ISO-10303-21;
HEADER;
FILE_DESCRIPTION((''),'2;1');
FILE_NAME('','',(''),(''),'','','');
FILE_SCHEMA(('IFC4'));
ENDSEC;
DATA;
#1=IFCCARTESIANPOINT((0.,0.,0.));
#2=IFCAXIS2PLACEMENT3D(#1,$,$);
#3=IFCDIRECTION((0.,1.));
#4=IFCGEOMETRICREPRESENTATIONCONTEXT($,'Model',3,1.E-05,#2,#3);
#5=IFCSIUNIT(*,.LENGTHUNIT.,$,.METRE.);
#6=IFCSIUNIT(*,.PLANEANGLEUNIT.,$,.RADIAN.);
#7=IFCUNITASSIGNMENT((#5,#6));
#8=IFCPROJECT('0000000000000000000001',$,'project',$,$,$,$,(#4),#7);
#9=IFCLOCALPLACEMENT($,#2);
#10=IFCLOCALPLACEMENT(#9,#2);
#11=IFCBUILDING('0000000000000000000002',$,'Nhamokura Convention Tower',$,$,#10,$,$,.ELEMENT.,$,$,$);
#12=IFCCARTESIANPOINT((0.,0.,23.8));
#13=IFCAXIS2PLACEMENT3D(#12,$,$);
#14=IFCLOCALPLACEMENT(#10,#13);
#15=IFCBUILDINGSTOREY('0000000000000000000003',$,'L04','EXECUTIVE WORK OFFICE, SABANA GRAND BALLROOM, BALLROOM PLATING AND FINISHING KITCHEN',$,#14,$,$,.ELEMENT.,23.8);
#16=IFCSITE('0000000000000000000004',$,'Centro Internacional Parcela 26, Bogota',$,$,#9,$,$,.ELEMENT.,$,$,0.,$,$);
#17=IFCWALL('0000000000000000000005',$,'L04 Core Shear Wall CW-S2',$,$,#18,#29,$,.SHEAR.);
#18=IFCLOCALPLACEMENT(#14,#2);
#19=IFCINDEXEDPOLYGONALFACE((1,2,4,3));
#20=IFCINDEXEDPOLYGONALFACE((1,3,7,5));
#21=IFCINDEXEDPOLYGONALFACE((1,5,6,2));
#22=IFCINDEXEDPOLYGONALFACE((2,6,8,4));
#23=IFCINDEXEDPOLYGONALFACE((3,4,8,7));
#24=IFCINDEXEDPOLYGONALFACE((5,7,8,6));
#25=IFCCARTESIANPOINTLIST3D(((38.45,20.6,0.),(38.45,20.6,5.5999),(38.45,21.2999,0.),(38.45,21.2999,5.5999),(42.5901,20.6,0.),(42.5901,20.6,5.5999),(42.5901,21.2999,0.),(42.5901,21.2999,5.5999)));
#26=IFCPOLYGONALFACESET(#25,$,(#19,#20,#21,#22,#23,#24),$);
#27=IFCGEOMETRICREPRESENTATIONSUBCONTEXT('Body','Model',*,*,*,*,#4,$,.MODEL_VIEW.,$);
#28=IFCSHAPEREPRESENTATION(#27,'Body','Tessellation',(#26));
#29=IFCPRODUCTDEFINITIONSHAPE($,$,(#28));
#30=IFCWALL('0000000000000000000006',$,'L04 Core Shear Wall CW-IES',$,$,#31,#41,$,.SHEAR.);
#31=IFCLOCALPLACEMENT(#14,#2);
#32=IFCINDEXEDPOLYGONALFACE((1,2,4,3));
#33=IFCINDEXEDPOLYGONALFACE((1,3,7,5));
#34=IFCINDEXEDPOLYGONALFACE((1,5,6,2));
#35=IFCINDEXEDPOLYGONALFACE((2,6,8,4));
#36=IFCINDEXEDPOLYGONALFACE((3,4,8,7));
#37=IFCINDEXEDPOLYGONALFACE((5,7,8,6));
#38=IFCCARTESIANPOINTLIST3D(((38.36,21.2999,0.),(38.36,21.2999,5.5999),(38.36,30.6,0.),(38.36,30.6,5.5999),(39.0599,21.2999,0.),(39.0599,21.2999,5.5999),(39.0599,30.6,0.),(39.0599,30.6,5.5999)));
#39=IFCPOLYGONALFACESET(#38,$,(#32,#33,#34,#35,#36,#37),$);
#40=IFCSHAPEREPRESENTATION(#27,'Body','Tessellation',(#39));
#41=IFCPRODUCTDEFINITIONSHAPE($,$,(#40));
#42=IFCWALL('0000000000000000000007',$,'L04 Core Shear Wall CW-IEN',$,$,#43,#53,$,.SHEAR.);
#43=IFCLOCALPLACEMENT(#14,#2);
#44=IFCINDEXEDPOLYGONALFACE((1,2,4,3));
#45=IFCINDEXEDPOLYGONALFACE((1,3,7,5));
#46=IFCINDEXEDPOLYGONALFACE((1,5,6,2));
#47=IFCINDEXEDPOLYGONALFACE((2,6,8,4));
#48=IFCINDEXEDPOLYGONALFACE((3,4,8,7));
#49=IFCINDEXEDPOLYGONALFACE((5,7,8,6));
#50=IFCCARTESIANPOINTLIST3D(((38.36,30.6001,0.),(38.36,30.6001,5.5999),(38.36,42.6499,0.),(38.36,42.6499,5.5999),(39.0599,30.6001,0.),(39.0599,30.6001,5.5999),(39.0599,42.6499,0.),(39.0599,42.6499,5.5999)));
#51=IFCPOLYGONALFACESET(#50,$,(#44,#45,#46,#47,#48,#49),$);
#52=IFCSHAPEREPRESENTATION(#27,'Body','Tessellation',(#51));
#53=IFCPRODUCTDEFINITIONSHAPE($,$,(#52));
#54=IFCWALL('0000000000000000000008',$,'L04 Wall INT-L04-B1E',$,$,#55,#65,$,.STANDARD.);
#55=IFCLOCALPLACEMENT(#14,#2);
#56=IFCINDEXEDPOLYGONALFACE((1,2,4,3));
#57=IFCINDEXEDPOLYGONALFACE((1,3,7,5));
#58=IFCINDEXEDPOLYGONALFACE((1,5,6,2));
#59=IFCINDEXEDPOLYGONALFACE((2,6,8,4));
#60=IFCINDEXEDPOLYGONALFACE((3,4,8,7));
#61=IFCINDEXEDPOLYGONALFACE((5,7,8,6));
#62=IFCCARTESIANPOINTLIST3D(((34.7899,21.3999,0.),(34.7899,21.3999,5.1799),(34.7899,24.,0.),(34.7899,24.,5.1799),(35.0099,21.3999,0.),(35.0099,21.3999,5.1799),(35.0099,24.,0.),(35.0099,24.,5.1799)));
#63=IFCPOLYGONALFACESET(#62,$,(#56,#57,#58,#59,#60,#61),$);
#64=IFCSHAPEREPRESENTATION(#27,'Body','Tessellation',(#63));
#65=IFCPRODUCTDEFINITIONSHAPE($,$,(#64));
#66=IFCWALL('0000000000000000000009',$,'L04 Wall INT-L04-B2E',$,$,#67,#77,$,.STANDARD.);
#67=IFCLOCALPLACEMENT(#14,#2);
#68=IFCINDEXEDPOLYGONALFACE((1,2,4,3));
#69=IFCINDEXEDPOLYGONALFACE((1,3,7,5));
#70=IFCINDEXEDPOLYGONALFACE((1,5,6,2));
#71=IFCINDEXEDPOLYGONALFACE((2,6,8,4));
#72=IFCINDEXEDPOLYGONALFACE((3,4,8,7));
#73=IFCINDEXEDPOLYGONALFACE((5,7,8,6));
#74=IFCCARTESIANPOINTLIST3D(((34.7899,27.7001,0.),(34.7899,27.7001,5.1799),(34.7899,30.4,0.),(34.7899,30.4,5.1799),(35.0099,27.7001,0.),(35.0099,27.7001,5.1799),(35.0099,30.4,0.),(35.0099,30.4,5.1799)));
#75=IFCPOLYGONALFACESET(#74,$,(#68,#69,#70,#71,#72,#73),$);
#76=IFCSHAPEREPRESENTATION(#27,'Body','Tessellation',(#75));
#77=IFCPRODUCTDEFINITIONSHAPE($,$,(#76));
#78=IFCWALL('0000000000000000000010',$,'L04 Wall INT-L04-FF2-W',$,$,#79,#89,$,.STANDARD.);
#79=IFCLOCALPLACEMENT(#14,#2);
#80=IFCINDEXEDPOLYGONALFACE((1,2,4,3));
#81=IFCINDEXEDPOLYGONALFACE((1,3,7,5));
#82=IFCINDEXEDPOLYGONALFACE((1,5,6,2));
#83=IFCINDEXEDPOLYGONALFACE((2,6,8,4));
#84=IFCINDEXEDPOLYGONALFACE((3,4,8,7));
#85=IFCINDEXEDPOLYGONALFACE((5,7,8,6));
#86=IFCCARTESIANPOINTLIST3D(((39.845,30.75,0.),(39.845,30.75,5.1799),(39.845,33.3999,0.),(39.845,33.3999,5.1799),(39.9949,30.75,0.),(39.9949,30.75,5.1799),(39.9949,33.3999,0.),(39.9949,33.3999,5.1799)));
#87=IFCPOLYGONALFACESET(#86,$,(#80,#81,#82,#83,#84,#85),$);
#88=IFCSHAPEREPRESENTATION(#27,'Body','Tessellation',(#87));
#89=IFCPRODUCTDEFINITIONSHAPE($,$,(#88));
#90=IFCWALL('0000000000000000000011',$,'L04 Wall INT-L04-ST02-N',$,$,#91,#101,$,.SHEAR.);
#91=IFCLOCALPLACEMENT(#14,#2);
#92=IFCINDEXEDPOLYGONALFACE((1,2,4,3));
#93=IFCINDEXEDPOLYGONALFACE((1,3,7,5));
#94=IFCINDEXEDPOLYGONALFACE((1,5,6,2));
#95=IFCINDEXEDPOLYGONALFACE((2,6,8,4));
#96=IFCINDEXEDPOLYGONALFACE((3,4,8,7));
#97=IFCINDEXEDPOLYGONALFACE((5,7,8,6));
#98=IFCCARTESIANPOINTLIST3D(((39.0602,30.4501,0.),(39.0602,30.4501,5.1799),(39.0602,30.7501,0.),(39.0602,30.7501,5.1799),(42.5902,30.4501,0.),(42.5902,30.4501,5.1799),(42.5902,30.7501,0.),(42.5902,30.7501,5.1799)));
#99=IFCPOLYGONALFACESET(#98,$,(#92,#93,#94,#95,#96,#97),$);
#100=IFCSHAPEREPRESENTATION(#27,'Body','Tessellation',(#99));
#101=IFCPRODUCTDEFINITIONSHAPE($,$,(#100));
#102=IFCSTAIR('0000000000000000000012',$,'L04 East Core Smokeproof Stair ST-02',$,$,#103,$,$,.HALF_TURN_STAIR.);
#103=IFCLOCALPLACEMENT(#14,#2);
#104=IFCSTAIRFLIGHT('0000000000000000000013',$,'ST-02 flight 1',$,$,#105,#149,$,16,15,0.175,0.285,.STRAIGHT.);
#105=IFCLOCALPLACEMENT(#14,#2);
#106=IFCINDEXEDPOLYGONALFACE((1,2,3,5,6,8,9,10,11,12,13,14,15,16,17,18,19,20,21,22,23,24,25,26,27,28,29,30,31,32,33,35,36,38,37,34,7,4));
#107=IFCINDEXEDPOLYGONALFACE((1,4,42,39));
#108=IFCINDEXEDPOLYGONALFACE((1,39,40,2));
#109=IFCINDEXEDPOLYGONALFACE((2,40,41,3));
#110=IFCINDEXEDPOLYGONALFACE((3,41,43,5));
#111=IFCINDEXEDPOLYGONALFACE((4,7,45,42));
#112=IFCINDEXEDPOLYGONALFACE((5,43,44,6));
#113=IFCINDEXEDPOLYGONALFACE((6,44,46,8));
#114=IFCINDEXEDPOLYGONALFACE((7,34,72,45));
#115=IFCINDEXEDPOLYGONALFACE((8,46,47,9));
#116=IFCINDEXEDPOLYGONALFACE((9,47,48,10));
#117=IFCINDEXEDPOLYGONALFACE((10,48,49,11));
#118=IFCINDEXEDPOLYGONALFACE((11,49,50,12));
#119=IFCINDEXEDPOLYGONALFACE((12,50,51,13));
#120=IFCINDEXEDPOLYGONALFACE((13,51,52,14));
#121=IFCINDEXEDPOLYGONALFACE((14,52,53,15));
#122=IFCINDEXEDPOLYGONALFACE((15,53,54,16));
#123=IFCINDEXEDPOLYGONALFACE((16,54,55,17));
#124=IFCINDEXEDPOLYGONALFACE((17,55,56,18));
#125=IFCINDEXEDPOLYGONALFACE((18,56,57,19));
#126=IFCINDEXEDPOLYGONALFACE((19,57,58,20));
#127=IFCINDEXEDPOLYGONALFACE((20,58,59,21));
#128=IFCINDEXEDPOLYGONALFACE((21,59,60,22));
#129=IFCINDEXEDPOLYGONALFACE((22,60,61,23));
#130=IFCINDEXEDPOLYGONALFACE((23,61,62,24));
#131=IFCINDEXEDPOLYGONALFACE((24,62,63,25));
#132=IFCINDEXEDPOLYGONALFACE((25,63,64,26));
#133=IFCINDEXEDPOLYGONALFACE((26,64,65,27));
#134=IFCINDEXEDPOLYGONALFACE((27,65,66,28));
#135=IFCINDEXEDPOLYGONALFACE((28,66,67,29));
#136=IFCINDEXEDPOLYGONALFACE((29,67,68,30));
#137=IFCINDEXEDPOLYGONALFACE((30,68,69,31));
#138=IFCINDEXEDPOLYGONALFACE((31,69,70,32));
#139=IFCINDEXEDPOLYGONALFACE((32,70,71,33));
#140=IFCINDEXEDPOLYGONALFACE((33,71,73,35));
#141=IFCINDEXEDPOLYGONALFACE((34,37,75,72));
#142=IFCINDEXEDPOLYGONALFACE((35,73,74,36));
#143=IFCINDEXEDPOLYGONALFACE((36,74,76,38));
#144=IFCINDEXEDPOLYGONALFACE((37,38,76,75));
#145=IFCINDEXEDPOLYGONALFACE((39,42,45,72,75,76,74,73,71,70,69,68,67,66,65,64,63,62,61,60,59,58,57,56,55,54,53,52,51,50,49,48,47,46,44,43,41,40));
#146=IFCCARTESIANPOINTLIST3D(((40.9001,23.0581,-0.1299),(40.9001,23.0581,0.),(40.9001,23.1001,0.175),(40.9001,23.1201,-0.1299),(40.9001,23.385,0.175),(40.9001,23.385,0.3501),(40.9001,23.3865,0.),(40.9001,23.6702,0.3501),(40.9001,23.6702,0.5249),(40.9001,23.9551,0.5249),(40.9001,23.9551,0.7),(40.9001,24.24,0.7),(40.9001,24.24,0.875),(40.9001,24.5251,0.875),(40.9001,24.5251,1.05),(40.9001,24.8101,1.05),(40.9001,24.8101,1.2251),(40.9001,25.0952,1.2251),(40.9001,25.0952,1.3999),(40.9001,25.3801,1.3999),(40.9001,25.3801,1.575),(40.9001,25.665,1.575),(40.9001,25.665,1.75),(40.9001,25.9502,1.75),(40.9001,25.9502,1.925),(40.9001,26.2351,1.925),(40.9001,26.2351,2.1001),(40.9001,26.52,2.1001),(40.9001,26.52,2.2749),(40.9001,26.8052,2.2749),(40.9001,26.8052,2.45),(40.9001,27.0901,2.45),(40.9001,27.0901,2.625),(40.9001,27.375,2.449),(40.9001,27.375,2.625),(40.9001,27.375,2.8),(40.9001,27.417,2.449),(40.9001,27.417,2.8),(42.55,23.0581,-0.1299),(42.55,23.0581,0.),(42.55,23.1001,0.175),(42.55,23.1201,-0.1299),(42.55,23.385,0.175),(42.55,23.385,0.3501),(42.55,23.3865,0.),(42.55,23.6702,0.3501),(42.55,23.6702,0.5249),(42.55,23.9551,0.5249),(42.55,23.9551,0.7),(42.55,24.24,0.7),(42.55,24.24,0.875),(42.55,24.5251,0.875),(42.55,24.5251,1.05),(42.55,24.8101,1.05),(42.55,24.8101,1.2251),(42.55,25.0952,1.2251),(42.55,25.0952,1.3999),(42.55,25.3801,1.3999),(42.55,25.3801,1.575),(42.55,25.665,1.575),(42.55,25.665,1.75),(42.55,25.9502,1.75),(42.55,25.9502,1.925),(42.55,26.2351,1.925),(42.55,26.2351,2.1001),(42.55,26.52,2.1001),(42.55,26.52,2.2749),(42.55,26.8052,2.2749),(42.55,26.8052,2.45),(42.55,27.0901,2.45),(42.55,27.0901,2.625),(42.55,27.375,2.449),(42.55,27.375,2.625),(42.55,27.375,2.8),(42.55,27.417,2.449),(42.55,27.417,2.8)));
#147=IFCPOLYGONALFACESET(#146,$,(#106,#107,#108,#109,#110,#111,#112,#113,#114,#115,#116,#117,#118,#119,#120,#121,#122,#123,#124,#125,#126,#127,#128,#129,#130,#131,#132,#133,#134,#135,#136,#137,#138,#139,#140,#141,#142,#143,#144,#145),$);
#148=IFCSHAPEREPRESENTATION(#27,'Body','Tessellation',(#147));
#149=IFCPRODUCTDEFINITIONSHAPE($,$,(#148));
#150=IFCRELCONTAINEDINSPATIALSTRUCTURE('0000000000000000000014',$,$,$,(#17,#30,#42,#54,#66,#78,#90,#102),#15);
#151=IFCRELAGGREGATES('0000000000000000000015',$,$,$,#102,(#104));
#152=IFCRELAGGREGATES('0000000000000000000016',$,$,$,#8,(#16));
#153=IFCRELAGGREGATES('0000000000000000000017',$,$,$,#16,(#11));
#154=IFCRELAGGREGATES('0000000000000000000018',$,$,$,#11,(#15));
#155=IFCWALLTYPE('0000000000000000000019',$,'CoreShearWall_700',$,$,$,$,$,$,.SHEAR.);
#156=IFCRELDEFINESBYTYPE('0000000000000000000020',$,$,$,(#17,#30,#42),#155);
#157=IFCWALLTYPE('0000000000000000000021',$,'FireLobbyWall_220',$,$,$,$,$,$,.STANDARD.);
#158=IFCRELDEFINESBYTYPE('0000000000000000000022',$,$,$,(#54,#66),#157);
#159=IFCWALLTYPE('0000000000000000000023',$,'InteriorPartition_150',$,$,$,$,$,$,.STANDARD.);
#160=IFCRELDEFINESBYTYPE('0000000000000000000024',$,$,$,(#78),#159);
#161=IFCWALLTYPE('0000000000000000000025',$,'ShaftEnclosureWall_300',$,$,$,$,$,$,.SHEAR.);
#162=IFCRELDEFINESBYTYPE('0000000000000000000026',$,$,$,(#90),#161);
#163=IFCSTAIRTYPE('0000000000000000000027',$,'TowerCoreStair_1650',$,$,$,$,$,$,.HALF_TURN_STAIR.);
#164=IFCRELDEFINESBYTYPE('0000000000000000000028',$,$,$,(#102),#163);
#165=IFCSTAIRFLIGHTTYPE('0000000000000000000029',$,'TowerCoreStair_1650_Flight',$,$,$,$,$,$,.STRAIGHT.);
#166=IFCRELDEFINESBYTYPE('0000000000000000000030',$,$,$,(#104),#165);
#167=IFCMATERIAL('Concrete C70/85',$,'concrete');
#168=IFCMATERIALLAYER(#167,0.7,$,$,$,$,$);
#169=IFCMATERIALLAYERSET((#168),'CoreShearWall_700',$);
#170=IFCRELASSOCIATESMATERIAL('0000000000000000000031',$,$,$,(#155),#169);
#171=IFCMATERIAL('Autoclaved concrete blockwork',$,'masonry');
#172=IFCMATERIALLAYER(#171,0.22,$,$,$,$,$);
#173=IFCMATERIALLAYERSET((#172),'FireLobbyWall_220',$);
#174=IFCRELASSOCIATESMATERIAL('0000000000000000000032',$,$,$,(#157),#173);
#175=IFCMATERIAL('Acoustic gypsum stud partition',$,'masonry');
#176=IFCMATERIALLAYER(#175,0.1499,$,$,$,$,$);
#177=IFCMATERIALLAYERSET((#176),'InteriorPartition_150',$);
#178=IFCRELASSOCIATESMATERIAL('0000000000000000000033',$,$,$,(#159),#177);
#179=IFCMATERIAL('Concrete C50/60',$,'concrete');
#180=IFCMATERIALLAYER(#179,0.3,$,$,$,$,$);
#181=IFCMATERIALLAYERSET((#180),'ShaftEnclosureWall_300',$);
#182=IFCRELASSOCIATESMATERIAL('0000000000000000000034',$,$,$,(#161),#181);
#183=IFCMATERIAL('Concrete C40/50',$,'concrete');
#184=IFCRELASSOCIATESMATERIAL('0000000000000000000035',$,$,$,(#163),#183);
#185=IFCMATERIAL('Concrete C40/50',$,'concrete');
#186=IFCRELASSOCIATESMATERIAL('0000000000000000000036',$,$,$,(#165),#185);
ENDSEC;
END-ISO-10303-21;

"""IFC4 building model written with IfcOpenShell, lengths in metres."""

from ifc_helpers import new_model, si_unit, direction, frame, frame_2d, origin, place, context, subcontext, project, spatial, polyline, rectangle, outline, extrude, material, layer, layer_set, type_object, element, aggregate, save


model = new_model("IFC4")

# Units and contexts
model_context = context("Model", 3, precision=1e-05, world=origin(), true_north=direction((0.0, 1.0)))
body_context = subcontext(model_context, "Body", "Model", "MODEL_VIEW")
ifc_project = project(units=[si_unit("LENGTHUNIT", "METRE"), si_unit("PLANEANGLEUNIT", "RADIAN")], contexts=[model_context])

# Site, building, storey
site_placement = place(None, origin())
site = spatial("IfcSite", under=ifc_project, at=site_placement, Name="Centro Internacional Parcela 26, Bogota", CompositionType="ELEMENT", RefElevation=0.0)
building_placement = place(site_placement, origin())
building = spatial("IfcBuilding", under=site, at=building_placement, Name="Nhamokura Convention Tower", CompositionType="ELEMENT")
storey_placement = place(building_placement, frame((0.0, 0.0, 23.8)))
storey = spatial("IfcBuildingStorey", under=building, at=storey_placement, Name="L04", Description="EXECUTIVE WORK OFFICE, SABANA GRAND BALLROOM, BALLROOM PLATING AND FINISHING KITCHEN", CompositionType="ELEMENT", Elevation=23.8)

# Walls
ifc_material_1 = material(Name="Concrete C70/85", Category="concrete")
ifc_layer_1 = layer(ifc_material_1, 0.7)
ifc_layer_set_1 = layer_set([ifc_layer_1], Name="CoreShearWall_700")
wall_type_1 = type_object("IfcWallType", Name="CoreShearWall_700", PredefinedType="SHEAR", material=ifc_layer_set_1)
wall_1_placement = place(storey_placement, frame((38.45, 20.95, 0.0), z_axis=(0.0, 0.0, 1.0), x_axis=(1.0, 0.0, 0.0)))
element("IfcWall", 1, at=wall_1_placement, inside=storey, type_object=wall_type_1, Name="L04 Core Shear Wall CW-S2", PredefinedType="SHEAR", context=body_context, shape_type="SweptSolid", body=[
    extrude(rectangle(XDim=4.1401, YDim=0.7, at=frame_2d((2.0701, 0.0))), origin(), (0.0, 0.0, 1.0), 5.5999),
])
wall_2_placement = place(storey_placement, frame((38.71, 21.3, 0.0), z_axis=(0.0, 0.0, 1.0), x_axis=(0.0, 1.0, 0.0)))
element("IfcWall", 2, at=wall_2_placement, inside=storey, type_object=wall_type_1, Name="L04 Core Shear Wall CW-IES", PredefinedType="SHEAR", context=body_context, shape_type="SweptSolid", body=[
    extrude(rectangle(XDim=9.3, YDim=0.7, at=frame_2d((4.6499, 0.0))), origin(), (0.0, 0.0, 1.0), 5.5999),
])
wall_3_placement = place(storey_placement, frame((38.71, 30.6001, 0.0), z_axis=(0.0, 0.0, 1.0), x_axis=(0.0, 1.0, 0.0)))
element("IfcWall", 3, at=wall_3_placement, inside=storey, type_object=wall_type_1, Name="L04 Core Shear Wall CW-IEN", PredefinedType="SHEAR", context=body_context, shape_type="SweptSolid", body=[
    extrude(rectangle(XDim=12.0498, YDim=0.7, at=frame_2d((6.0249, 0.0))), origin(), (0.0, 0.0, 1.0), 5.5999),
])

# Shared definitions
ifc_material_2 = material(Name="Autoclaved concrete blockwork", Category="masonry")
ifc_layer_2 = layer(ifc_material_2, 0.22)
ifc_layer_set_2 = layer_set([ifc_layer_2], Name="FireLobbyWall_220")
wall_type_2 = type_object("IfcWallType", Name="FireLobbyWall_220", PredefinedType="STANDARD", material=ifc_layer_set_2)

# Walls
wall_4_placement = place(storey_placement, frame((34.8999, 21.3999, 0.0), z_axis=(0.0, 0.0, 1.0), x_axis=(0.0, 1.0, 0.0)))
element("IfcWall", 4, at=wall_4_placement, inside=storey, type_object=wall_type_2, Name="L04 Wall INT-L04-B1E", PredefinedType="STANDARD", context=body_context, shape_type="SweptSolid", body=[
    extrude(rectangle(XDim=2.6001, YDim=0.22, at=frame_2d((1.3, 0.0))), origin(), (0.0, 0.0, 1.0), 5.1799),
])
wall_5_placement = place(storey_placement, frame((34.8999, 27.7, 0.0), z_axis=(0.0, 0.0, 1.0), x_axis=(0.0, 1.0, 0.0)))
element("IfcWall", 5, at=wall_5_placement, inside=storey, type_object=wall_type_2, Name="L04 Wall INT-L04-B2E", PredefinedType="STANDARD", context=body_context, shape_type="SweptSolid", body=[
    extrude(rectangle(XDim=2.7, YDim=0.22, at=frame_2d((1.3501, 0.0))), origin(), (0.0, 0.0, 1.0), 5.1799),
])
ifc_material_3 = material(Name="Acoustic gypsum stud partition", Category="masonry")
ifc_layer_3 = layer(ifc_material_3, 0.1499)
ifc_layer_set_3 = layer_set([ifc_layer_3], Name="InteriorPartition_150")
wall_type_3 = type_object("IfcWallType", Name="InteriorPartition_150", PredefinedType="STANDARD", material=ifc_layer_set_3)
wall_6_placement = place(storey_placement, frame((39.9199, 30.75, 0.0), z_axis=(0.0, 0.0, 1.0), x_axis=(0.0, 1.0, 0.0)))
element("IfcWall", 6, at=wall_6_placement, inside=storey, type_object=wall_type_3, Name="L04 Wall INT-L04-FF2-W", PredefinedType="STANDARD", context=body_context, shape_type="SweptSolid", body=[
    extrude(rectangle(XDim=2.6499, YDim=0.1499, at=frame_2d((1.325, 0.0))), origin(), (0.0, 0.0, 1.0), 5.1799),
])
ifc_material_4 = material(Name="Concrete C50/60", Category="concrete")
ifc_layer_4 = layer(ifc_material_4, 0.3)
ifc_layer_set_4 = layer_set([ifc_layer_4], Name="ShaftEnclosureWall_300")
wall_type_4 = type_object("IfcWallType", Name="ShaftEnclosureWall_300", PredefinedType="SHEAR", material=ifc_layer_set_4)
wall_7_placement = place(storey_placement, frame((39.0601, 30.6001, 0.0), z_axis=(0.0, 0.0, 1.0), x_axis=(1.0, 0.0, 0.0)))
element("IfcWall", 7, at=wall_7_placement, inside=storey, type_object=wall_type_4, Name="L04 Wall INT-L04-ST02-N", PredefinedType="SHEAR", context=body_context, shape_type="SweptSolid", body=[
    extrude(rectangle(XDim=3.53, YDim=0.3, at=frame_2d((1.7651, 0.0))), origin(), (0.0, 0.0, 1.0), 5.1799),
])

# Stair, stair flight
ifc_material_5 = material(Name="Concrete C40/50", Category="concrete")
stair_type = type_object("IfcStairType", Name="TowerCoreStair_1650", PredefinedType="HALF_TURN_STAIR", material=ifc_material_5)
stair_placement = place(storey_placement, origin())
stair = element("IfcStair", 8, at=stair_placement, inside=storey, type_object=stair_type, Name="L04 East Core Smokeproof Stair ST-02", PredefinedType="HALF_TURN_STAIR")
ifc_material_6 = material(Name="Concrete C40/50", Category="concrete")
stair_flight_type = type_object("IfcStairFlightType", Name="TowerCoreStair_1650_Flight", PredefinedType="STRAIGHT", material=ifc_material_6)
stair_flight_1_placement = place(storey_placement, frame((41.7251, 23.1001, 0.0), z_axis=(0.0, 0.0, 1.0), x_axis=(0.0, 1.0, 0.0)))
stair_flight_1 = element("IfcStairFlight", 9, at=stair_flight_1_placement, type_object=stair_flight_type, Name="ST-02 flight 1", NumberOfRisers=16, NumberOfTreads=15, PredefinedType="STRAIGHT", RiserHeight=0.175, TreadLength=0.285, context=body_context, shape_type="SweptSolid", body=[
    extrude(outline(polyline([(-0.042, 0.0), (0.0, 0.175), (0.2849, 0.175), (0.2849, 0.3501), (0.5701, 0.3501), (0.5701, 0.5249), (0.855, 0.5249), (0.855, 0.7), (1.1399, 0.7), (1.1399, 0.875), (1.425, 0.875), (1.425, 1.05), (1.71, 1.05), (1.71, 1.2251), (1.9951, 1.2251), (1.9951, 1.3999), (2.28, 1.3999), (2.28, 1.575), (2.5649, 1.575), (2.5649, 1.75), (2.8501, 1.75), (2.8501, 1.925), (3.135, 1.925), (3.135, 2.1001), (3.4199, 2.1001), (3.4199, 2.2749), (3.7051, 2.2749), (3.7051, 2.45), (3.99, 2.45), (3.99, 2.625), (4.2749, 2.625), (4.2749, 2.8), (4.3169, 2.8), (4.3169, 2.449), (4.2749, 2.449), (0.2864, 0.0), (0.02, -0.1299), (-0.042, -0.1299), (-0.042, 0.0)])), frame((0.0, 0.825, 0.0), z_axis=(0.0, -1.0, 0.0), x_axis=(1.0, 0.0, 0.0)), (0.0, 0.0, 1.0), 1.6499),
])
aggregate(stair, [stair_flight_1])

save(model, "model.ifc")
